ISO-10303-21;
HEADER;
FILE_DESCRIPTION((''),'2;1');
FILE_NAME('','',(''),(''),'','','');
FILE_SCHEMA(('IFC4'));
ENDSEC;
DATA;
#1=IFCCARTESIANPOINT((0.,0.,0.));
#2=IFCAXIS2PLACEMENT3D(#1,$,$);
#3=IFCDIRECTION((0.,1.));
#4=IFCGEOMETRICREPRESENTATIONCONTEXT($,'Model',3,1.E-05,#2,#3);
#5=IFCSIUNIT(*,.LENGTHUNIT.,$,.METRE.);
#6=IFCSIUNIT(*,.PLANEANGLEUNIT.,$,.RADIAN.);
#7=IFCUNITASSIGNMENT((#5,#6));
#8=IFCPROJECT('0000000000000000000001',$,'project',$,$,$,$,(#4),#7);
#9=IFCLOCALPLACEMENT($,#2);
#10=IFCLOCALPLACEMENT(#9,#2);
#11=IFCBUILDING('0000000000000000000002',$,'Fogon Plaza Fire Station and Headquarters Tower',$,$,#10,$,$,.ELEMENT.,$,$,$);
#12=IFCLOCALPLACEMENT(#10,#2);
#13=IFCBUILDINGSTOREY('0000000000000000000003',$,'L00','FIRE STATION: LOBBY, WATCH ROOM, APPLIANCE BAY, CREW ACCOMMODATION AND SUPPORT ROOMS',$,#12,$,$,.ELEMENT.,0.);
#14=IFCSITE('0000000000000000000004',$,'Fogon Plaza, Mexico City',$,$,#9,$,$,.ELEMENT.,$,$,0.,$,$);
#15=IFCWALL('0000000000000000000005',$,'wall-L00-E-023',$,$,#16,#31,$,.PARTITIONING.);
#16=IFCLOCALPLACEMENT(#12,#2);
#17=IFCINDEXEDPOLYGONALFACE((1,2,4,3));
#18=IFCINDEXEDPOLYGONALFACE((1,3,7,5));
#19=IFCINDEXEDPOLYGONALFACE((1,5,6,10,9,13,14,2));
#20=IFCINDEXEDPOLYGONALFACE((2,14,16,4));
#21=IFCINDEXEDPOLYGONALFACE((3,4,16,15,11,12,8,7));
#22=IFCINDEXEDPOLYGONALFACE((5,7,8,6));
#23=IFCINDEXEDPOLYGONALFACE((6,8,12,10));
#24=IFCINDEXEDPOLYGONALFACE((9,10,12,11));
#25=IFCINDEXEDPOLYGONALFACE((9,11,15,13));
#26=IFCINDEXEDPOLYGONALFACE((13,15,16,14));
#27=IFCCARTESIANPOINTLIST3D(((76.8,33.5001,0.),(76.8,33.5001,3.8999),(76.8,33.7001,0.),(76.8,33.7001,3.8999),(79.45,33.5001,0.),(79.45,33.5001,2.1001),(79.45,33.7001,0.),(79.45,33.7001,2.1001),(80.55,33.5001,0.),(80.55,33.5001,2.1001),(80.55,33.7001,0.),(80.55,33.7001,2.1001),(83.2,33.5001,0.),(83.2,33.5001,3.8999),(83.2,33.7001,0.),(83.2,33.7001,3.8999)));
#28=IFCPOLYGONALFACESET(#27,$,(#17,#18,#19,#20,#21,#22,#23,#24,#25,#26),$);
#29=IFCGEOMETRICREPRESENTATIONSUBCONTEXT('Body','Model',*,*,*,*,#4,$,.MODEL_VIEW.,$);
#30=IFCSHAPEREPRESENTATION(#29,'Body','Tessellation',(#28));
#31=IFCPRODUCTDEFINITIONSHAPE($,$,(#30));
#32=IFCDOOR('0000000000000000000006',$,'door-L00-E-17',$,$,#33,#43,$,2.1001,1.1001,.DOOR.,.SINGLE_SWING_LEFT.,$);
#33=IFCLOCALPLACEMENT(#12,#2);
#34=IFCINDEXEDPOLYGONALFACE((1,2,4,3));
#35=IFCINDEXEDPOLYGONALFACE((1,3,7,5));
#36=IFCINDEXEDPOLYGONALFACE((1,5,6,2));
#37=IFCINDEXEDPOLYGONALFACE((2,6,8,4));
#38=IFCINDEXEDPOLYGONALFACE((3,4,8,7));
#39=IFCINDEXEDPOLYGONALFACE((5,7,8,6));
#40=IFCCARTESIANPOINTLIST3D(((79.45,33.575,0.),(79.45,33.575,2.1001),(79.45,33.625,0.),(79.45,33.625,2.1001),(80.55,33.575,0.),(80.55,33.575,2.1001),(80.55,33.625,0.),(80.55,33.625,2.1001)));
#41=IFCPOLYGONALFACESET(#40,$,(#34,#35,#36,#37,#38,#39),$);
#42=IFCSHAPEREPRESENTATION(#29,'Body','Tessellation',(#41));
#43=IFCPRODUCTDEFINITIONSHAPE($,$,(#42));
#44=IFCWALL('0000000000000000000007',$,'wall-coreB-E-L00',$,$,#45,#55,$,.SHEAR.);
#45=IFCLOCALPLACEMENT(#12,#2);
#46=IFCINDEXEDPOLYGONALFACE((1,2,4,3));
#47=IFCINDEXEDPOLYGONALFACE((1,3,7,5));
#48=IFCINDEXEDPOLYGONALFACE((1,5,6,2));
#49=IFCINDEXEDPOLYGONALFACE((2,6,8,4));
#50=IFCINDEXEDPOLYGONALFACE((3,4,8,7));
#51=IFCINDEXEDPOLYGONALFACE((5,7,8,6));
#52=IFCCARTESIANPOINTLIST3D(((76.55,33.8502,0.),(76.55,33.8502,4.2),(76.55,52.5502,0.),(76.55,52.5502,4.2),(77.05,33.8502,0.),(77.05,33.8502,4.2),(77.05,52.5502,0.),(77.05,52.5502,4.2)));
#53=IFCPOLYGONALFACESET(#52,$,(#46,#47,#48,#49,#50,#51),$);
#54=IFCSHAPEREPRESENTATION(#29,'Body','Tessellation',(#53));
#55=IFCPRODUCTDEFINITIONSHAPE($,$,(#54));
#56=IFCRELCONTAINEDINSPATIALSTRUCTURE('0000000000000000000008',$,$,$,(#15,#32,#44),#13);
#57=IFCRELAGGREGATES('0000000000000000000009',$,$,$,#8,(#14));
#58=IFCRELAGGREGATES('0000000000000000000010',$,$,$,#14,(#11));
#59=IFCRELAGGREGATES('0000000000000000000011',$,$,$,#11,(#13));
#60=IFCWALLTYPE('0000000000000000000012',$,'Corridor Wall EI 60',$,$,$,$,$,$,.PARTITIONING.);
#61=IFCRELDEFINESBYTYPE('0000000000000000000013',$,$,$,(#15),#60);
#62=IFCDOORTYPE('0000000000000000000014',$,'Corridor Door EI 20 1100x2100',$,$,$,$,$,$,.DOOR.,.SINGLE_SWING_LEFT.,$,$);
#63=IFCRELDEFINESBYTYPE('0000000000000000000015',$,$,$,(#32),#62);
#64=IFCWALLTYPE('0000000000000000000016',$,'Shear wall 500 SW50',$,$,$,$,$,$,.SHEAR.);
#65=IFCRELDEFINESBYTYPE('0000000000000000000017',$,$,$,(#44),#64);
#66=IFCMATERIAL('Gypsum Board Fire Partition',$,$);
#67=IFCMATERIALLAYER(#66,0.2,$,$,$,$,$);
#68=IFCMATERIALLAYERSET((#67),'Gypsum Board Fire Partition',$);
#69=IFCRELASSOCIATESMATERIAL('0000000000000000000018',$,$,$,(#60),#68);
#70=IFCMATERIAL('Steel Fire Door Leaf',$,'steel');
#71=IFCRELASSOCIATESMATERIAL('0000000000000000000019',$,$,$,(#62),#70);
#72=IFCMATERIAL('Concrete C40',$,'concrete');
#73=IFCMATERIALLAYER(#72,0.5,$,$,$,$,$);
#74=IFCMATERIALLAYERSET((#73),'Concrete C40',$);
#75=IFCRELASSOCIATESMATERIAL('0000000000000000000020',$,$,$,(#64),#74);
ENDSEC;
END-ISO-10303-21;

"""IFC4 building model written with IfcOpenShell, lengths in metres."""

from ifc_helpers import new_model, si_unit, direction, frame, frame_2d, origin, place, context, subcontext, project, spatial, rectangle, extrude, material, layer, layer_set, type_object, element, fill, save


model = new_model("IFC4")

# Units and contexts
model_context = context("Model", 3, precision=1e-05, world=origin(), true_north=direction((0.0, 1.0)))
body_context = subcontext(model_context, "Body", "Model", "MODEL_VIEW")
ifc_project = project(units=[si_unit("LENGTHUNIT", "METRE"), si_unit("PLANEANGLEUNIT", "RADIAN")], contexts=[model_context])

# Site, building, storey
site_placement = place(None, origin())
site = spatial("IfcSite", under=ifc_project, at=site_placement, Name="Fogon Plaza, Mexico City", CompositionType="ELEMENT", RefElevation=0.0)
building_placement = place(site_placement, origin())
building = spatial("IfcBuilding", under=site, at=building_placement, Name="Fogon Plaza Fire Station and Headquarters Tower", CompositionType="ELEMENT")
storey_placement = place(building_placement, origin())
storey = spatial("IfcBuildingStorey", under=building, at=storey_placement, Name="L00", Description="FIRE STATION: LOBBY, WATCH ROOM, APPLIANCE BAY, CREW ACCOMMODATION AND SUPPORT ROOMS", CompositionType="ELEMENT", Elevation=0.0)

# Wall, opening, door
ifc_material_1 = material(Name="Gypsum Board Fire Partition")
ifc_layer_1 = layer(ifc_material_1, 0.2)
ifc_layer_set_1 = layer_set([ifc_layer_1], Name="Gypsum Board Fire Partition")
wall_type_1 = type_object("IfcWallType", Name="Corridor Wall EI 60", PredefinedType="PARTITIONING", material=ifc_layer_set_1)
wall_1_placement = place(storey_placement, frame((83.2, 33.6001, 0.0), z_axis=(0.0, 0.0, 1.0), x_axis=(-1.0, 0.0, 0.0)))
wall_1 = element("IfcWall", 1, at=wall_1_placement, inside=storey, type_object=wall_type_1, Name="wall-L00-E-023", PredefinedType="PARTITIONING", context=body_context, shape_type="SweptSolid", body=[
    extrude(rectangle(XDim=6.3999, YDim=0.2, at=frame_2d((3.2, 0.0))), origin(), (0.0, 0.0, 1.0), 3.8999),
])
opening_1_placement = place(wall_1_placement, frame((2.6499, 0.0, 0.0)))
opening_1 = element("IfcOpeningElement", 2, at=opening_1_placement, cuts=wall_1, PredefinedType="OPENING", context=body_context, shape_type="SweptSolid", body=[
    extrude(rectangle(XDim=1.1001, YDim=2.1001, at=frame_2d((0.55, 1.05))), frame((0.0, 0.1099, 0.0), z_axis=(0.0, -1.0, 0.0), x_axis=(1.0, 0.0, 0.0)), (0.0, 0.0, 1.0), 0.22),
])
ifc_material_2 = material(Name="Steel Fire Door Leaf", Category="steel")
door_type_1 = type_object("IfcDoorType", Name="Corridor Door EI 20 1100x2100", OperationType="SINGLE_SWING_LEFT", PredefinedType="DOOR", material=ifc_material_2)
door_1_placement = place(opening_1_placement, frame((1.1001, 0.0, 0.0), z_axis=(0.0, 0.0, 1.0), x_axis=(-1.0, 0.0, 0.0)))
door_1 = element("IfcDoor", 3, at=door_1_placement, inside=storey, type_object=door_type_1, Name="door-L00-E-17", OperationType="SINGLE_SWING_LEFT", OverallHeight=2.1001, OverallWidth=1.1001, PredefinedType="DOOR", context=body_context, shape_type="SweptSolid", body=[
    extrude(rectangle(XDim=1.1001, YDim=2.1001, at=frame_2d((0.55, 1.05))), frame((0.0, 0.0249, 0.0), z_axis=(0.0, -1.0, 0.0), x_axis=(1.0, 0.0, 0.0)), (0.0, 0.0, 1.0), 0.05),
])
fill(opening_1, door_1)

# Wall
ifc_material_3 = material(Name="Concrete C40", Category="concrete")
ifc_layer_2 = layer(ifc_material_3, 0.5)
ifc_layer_set_2 = layer_set([ifc_layer_2], Name="Concrete C40")
wall_type_2 = type_object("IfcWallType", Name="Shear wall 500 SW50", PredefinedType="SHEAR", material=ifc_layer_set_2)
wall_2_placement = place(storey_placement, frame((76.8, 33.8501, 0.0), z_axis=(0.0, 0.0, 1.0), x_axis=(0.0, 1.0, 0.0)))
element("IfcWall", 4, at=wall_2_placement, inside=storey, type_object=wall_type_2, Name="wall-coreB-E-L00", PredefinedType="SHEAR", context=body_context, shape_type="SweptSolid", body=[
    extrude(rectangle(XDim=18.7, YDim=0.5, at=frame_2d((9.3501, 0.0))), origin(), (0.0, 0.0, 1.0), 4.2),
])

save(model, "model.ifc")
